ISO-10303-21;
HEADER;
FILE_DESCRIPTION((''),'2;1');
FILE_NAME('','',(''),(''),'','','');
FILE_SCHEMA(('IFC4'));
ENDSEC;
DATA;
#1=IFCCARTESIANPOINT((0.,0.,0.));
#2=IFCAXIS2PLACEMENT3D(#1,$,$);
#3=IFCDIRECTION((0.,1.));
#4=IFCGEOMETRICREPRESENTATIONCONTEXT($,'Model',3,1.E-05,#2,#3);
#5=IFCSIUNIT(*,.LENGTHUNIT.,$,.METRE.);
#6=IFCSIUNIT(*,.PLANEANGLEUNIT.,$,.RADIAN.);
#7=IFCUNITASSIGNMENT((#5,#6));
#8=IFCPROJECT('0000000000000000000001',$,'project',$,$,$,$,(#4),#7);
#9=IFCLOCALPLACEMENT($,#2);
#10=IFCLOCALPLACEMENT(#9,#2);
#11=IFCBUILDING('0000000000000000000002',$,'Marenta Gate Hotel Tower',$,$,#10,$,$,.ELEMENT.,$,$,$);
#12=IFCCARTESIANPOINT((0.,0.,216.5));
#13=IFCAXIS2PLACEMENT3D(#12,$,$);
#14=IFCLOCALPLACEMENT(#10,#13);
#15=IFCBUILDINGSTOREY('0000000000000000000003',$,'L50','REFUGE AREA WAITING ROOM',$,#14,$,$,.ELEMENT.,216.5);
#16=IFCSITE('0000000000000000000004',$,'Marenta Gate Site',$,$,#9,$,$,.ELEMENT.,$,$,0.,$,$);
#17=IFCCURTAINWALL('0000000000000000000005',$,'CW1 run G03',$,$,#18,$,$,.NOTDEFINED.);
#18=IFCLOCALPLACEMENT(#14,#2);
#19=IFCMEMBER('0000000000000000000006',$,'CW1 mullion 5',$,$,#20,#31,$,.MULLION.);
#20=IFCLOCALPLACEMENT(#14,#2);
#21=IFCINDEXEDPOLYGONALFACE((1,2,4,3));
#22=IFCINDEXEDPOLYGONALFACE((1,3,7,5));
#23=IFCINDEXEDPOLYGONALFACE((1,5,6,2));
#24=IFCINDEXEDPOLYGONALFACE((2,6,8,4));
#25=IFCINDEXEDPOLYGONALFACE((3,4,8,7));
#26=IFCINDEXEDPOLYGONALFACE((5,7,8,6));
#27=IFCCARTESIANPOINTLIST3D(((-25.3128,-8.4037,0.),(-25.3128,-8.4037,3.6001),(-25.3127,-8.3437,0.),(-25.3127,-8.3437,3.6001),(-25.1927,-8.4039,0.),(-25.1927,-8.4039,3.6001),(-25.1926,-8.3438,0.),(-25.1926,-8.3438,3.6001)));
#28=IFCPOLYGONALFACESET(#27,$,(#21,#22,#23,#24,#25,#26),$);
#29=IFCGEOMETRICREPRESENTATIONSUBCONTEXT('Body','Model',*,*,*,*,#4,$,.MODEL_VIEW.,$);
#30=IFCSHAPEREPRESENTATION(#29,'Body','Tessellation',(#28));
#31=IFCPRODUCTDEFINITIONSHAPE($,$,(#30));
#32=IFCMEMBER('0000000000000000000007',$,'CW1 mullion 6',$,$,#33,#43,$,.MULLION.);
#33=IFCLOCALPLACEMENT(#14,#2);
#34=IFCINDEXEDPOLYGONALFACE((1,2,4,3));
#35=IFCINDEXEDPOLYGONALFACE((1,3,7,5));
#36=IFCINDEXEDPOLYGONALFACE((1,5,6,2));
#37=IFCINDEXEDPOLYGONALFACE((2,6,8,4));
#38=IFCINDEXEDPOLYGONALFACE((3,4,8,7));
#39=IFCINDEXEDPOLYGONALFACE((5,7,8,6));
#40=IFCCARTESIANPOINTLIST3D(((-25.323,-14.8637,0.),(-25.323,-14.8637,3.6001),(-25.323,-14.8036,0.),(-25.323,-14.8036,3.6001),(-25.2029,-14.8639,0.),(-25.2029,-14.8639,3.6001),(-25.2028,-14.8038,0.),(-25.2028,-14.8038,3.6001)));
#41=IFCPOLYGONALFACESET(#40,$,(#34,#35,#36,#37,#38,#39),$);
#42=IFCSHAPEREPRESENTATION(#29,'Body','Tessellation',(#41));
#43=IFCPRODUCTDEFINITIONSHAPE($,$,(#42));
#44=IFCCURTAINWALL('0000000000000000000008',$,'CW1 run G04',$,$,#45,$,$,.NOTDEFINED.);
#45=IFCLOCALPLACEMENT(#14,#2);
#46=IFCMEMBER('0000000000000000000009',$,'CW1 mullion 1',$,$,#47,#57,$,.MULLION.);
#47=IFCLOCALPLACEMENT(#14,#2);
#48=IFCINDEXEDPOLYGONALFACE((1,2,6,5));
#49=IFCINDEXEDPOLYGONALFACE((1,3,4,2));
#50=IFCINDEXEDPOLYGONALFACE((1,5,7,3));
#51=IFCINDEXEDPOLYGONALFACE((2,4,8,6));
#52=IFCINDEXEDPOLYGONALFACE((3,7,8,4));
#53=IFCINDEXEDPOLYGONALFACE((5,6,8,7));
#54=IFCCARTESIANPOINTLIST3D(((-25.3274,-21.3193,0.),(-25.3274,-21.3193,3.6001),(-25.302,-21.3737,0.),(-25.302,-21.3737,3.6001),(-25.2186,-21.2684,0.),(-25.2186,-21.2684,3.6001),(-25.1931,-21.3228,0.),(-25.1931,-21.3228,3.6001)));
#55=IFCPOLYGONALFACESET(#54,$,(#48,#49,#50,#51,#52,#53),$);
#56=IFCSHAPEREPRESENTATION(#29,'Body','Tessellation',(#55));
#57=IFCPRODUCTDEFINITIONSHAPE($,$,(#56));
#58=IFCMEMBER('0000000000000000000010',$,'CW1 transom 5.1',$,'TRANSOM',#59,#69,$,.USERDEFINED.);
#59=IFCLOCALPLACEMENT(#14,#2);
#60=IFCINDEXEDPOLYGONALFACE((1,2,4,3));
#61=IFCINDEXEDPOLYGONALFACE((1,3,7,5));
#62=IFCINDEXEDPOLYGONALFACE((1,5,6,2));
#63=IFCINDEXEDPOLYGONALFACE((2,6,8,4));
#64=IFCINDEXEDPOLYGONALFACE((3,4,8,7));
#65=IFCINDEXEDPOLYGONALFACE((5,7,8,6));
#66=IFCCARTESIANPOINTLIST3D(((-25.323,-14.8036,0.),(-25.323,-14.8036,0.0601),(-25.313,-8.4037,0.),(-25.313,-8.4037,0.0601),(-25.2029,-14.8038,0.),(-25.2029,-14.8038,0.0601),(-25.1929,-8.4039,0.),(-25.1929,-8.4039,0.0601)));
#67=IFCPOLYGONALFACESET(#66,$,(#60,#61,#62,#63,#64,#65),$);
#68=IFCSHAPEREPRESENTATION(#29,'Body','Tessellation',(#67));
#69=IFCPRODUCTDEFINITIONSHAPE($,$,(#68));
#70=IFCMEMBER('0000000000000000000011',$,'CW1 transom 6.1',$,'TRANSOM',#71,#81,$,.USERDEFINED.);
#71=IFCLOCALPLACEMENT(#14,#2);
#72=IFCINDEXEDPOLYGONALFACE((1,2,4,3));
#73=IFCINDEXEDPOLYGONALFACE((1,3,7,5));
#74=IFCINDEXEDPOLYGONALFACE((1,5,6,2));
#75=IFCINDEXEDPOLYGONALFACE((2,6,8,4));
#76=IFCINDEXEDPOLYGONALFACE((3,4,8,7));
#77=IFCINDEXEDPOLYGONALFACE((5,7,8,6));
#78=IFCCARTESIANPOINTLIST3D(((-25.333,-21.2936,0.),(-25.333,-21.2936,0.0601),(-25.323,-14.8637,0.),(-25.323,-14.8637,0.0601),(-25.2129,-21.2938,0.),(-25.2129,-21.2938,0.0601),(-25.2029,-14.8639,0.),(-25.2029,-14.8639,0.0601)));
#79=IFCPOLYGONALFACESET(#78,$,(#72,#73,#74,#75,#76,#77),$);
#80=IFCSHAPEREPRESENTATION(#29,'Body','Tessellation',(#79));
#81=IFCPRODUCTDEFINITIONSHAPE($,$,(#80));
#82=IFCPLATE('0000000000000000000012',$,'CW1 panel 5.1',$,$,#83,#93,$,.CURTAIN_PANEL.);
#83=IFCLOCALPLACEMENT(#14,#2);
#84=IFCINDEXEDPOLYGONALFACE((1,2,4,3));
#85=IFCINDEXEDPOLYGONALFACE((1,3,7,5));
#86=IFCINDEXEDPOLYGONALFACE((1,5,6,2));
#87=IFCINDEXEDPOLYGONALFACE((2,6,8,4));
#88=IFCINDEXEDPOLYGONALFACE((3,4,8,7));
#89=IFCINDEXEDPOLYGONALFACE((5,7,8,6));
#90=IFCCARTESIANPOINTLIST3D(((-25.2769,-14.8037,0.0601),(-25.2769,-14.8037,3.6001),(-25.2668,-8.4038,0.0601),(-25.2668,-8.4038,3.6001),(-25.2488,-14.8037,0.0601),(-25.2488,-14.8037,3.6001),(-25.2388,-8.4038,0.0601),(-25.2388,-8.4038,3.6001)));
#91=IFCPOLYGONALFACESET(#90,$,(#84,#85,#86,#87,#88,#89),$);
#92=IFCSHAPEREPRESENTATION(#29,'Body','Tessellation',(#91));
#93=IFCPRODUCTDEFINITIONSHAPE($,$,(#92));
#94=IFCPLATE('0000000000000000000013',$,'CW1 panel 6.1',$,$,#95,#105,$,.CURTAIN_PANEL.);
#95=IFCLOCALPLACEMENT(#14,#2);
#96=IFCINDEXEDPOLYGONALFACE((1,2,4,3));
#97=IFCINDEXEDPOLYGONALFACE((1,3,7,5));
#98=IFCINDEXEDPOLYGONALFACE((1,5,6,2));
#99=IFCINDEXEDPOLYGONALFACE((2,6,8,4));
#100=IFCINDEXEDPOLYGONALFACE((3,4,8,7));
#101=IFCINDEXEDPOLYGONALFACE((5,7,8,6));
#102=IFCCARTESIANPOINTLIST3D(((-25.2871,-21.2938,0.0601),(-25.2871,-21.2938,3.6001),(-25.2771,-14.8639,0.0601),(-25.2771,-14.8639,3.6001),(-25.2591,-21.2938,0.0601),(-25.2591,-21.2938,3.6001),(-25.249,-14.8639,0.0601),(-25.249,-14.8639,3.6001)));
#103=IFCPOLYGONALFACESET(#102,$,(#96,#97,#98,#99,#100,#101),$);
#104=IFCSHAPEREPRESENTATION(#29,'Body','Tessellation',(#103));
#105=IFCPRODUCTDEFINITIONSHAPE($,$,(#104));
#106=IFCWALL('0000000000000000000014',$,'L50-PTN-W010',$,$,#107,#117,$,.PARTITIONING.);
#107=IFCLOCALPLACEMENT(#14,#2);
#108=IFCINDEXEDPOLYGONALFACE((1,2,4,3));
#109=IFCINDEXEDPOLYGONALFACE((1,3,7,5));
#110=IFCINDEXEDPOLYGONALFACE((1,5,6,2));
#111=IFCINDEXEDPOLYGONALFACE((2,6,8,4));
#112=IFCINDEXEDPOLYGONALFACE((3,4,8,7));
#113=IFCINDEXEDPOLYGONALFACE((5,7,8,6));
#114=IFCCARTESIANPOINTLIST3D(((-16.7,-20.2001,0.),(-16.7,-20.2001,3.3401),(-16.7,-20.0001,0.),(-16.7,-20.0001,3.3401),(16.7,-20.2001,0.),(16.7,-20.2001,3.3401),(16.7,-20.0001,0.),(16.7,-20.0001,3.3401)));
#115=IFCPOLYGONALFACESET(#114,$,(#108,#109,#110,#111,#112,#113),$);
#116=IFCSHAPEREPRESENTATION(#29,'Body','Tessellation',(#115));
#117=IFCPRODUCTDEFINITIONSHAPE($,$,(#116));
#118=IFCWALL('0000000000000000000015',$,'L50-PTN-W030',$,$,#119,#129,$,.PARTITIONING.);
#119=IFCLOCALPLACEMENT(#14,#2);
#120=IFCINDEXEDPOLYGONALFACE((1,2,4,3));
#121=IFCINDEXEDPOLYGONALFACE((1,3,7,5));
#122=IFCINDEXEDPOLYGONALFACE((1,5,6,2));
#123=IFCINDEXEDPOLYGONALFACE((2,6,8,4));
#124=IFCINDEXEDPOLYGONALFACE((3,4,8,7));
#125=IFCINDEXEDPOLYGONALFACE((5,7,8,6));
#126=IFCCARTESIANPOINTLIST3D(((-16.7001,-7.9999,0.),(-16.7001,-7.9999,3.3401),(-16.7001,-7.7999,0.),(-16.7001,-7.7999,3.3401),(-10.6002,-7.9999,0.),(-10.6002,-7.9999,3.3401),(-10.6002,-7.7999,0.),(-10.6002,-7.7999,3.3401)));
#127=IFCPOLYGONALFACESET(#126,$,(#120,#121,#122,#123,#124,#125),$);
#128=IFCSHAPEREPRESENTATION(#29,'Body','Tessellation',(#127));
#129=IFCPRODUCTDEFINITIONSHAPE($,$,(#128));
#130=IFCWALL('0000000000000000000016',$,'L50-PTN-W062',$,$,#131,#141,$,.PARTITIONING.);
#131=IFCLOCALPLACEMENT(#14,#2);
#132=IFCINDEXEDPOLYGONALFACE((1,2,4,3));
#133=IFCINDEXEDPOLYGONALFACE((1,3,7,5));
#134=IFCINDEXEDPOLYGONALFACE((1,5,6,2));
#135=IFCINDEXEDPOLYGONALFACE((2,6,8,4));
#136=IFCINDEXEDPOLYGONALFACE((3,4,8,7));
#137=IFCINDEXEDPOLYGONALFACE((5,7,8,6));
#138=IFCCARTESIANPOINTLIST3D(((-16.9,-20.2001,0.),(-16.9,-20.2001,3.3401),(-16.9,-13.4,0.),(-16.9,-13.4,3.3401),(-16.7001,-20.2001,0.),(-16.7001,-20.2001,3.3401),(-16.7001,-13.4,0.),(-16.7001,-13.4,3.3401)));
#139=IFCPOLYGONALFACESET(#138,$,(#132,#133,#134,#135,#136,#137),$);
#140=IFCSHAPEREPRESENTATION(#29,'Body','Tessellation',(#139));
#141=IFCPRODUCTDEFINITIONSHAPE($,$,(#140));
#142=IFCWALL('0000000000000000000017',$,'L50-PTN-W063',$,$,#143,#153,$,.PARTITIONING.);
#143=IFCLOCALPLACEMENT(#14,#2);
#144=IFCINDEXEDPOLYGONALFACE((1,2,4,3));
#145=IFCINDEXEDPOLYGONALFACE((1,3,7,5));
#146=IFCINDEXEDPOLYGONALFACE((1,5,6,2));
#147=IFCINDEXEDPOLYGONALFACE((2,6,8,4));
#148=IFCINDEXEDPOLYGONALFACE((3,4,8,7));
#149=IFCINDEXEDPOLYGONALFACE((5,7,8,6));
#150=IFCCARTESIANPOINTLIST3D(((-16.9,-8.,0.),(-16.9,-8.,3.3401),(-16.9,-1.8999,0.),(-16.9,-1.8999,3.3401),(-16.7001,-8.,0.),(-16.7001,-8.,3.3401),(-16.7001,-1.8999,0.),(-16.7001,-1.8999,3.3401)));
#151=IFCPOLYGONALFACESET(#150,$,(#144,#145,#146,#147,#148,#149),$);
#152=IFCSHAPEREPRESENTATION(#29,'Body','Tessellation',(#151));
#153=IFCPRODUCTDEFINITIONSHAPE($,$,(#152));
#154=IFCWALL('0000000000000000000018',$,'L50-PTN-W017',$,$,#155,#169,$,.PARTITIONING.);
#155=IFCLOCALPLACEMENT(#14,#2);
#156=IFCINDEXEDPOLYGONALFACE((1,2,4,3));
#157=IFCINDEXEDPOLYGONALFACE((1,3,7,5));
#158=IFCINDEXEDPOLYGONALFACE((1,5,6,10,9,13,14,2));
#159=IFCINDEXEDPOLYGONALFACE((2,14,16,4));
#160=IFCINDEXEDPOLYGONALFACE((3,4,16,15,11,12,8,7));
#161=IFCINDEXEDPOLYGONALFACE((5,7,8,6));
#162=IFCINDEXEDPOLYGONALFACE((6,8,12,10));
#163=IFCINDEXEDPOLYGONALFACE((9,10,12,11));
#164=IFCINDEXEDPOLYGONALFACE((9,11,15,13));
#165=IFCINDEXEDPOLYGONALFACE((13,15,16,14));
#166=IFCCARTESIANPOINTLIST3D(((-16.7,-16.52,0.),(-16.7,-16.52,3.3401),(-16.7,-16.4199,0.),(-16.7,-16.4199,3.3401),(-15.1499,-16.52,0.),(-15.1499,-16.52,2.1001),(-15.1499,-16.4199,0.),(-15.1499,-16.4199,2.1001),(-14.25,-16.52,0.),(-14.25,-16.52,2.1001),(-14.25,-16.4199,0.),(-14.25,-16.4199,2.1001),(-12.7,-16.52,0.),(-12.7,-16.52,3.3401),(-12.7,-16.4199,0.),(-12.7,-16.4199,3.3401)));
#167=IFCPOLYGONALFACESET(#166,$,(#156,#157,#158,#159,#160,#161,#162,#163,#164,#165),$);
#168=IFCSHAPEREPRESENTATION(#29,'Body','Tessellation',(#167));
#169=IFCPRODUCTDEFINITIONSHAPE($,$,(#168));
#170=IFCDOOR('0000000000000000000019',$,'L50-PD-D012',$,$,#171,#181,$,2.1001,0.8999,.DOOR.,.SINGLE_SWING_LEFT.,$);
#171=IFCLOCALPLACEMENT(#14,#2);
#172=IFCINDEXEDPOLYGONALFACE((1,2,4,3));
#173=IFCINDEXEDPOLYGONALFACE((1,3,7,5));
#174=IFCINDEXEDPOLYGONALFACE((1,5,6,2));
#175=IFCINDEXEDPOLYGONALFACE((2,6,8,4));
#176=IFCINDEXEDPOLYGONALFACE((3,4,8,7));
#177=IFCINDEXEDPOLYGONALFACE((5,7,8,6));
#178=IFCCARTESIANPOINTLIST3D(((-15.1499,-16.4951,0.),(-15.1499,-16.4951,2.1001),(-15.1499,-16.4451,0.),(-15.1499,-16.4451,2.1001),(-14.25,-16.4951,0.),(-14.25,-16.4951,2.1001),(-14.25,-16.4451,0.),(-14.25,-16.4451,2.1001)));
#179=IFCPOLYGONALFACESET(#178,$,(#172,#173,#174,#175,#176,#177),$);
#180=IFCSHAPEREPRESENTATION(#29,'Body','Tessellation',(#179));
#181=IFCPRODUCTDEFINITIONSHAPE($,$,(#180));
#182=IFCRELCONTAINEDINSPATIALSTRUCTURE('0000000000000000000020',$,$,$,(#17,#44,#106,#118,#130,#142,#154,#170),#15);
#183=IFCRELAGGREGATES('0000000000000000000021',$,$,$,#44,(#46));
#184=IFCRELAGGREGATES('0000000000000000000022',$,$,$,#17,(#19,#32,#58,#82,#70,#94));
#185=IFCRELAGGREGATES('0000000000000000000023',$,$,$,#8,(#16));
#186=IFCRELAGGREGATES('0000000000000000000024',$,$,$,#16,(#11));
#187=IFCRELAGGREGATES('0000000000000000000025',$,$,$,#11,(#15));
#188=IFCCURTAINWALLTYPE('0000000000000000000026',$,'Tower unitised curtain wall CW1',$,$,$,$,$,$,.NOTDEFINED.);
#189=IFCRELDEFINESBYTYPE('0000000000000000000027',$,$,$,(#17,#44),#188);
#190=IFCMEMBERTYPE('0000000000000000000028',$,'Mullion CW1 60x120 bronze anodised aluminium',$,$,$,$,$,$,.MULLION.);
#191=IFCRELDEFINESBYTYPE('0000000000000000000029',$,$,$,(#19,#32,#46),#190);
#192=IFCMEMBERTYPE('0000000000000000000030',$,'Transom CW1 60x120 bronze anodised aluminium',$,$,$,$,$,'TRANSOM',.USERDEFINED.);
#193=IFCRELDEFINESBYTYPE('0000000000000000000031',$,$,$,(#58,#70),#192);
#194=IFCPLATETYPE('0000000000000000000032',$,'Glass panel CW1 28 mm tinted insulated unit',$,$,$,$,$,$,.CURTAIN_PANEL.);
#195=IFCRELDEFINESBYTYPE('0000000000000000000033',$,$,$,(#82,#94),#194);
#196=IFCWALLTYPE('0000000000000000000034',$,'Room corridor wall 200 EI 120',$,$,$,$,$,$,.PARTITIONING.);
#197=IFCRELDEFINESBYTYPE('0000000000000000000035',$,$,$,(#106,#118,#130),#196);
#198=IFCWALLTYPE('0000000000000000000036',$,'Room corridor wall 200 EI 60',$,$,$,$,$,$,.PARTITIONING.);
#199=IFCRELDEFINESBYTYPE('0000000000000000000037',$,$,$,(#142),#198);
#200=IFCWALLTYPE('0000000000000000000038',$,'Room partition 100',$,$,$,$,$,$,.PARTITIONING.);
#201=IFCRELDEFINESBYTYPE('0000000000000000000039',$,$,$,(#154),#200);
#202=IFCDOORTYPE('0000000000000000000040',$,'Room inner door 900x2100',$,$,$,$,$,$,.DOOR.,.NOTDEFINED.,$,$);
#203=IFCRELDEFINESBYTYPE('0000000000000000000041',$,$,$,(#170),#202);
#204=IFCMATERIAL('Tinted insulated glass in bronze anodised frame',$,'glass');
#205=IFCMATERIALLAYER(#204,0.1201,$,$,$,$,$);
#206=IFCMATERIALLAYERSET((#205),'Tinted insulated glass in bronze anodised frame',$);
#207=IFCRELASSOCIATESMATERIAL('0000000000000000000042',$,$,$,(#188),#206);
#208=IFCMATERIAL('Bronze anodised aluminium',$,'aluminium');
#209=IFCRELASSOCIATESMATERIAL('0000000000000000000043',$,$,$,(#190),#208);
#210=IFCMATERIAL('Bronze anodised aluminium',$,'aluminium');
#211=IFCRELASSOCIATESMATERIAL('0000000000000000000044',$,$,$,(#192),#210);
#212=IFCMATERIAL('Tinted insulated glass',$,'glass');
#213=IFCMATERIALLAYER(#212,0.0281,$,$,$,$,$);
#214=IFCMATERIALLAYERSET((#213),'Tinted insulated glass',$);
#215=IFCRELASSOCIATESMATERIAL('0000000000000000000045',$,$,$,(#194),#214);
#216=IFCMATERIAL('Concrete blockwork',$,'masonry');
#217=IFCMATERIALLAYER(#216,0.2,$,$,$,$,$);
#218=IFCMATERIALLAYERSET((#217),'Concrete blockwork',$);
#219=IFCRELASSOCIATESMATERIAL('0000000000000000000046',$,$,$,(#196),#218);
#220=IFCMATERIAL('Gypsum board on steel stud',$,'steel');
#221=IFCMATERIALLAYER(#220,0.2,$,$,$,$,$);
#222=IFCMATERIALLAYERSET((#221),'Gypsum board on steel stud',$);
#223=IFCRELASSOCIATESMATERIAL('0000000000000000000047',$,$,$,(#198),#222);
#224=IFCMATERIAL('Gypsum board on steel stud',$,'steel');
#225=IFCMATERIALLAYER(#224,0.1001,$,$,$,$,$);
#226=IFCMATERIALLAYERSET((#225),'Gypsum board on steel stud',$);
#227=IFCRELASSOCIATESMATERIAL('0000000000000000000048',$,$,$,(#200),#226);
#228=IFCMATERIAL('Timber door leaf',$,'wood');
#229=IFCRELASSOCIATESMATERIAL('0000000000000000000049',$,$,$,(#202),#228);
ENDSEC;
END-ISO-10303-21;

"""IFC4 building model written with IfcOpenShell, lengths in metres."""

from ifc_helpers import new_model, si_unit, direction, frame, frame_2d, origin, origin_2d, place, context, subcontext, project, spatial, rectangle, extrude, material, layer, layer_set, material_profile, profile_set, type_object, element, fill, aggregate, save


model = new_model("IFC4")

# Units and contexts
model_context = context("Model", 3, precision=1e-05, world=origin(), true_north=direction((0.0, 1.0)))
body_context = subcontext(model_context, "Body", "Model", "MODEL_VIEW")
ifc_project = project(units=[si_unit("LENGTHUNIT", "METRE"), si_unit("PLANEANGLEUNIT", "RADIAN")], contexts=[model_context])

# Site, building, storey
site_placement = place(None, origin())
site = spatial("IfcSite", under=ifc_project, at=site_placement, Name="Marenta Gate Site", CompositionType="ELEMENT", RefElevation=0.0)
building_placement = place(site_placement, origin())
building = spatial("IfcBuilding", under=site, at=building_placement, Name="Marenta Gate Hotel Tower", CompositionType="ELEMENT")
storey_placement = place(building_placement, frame((0.0, 0.0, 216.5)))
storey = spatial("IfcBuildingStorey", under=building, at=storey_placement, Name="L50", Description="REFUGE AREA WAITING ROOM", CompositionType="ELEMENT", Elevation=216.5)

# Curtain wall, members
ifc_material_1 = material(Name="Tinted insulated glass in bronze anodised frame", Category="glass")
ifc_layer_1 = layer(ifc_material_1, 0.1201)
ifc_layer_set_1 = layer_set([ifc_layer_1], Name="Tinted insulated glass in bronze anodised frame")
curtain_wall_type = type_object("IfcCurtainWallType", Name="Tower unitised curtain wall CW1", PredefinedType="NOTDEFINED", material=ifc_layer_set_1)
curtain_wall_1_placement = place(storey_placement, origin())
curtain_wall_1 = element("IfcCurtainWall", 1, at=curtain_wall_1_placement, inside=storey, type_object=curtain_wall_type, Name="CW1 run G03", PredefinedType="NOTDEFINED")
ifc_material_2 = material(Name="Bronze anodised aluminium", Category="aluminium")
ifc_material_profile_1 = material_profile(ifc_material_2, rectangle(XDim=0.1201, YDim=0.0601, at=origin_2d()), Name="Mullion CW1 60x120 bronze anodised aluminium")
ifc_profile_set_1 = profile_set([ifc_material_profile_1], Name="Bronze anodised aluminium")
member_type_1 = type_object("IfcMemberType", Name="Mullion CW1 60x120 bronze anodised aluminium", PredefinedType="MULLION", material=ifc_profile_set_1)
member_1_placement = place(storey_placement, frame((-25.2527, -8.3738, 0.0), z_axis=(0.0, 0.0, 1.0), x_axis=(0.999999, -0.001566, 0.0)))
member_1 = element("IfcMember", 2, at=member_1_placement, type_object=member_type_1, Name="CW1 mullion 5", PredefinedType="MULLION", context=body_context, shape_type="SweptSolid", body=[
    extrude(rectangle(XDim=0.1201, YDim=0.0601, at=origin_2d()), origin(), (0.0, 0.0, 1.0), 3.6001),
])
member_2_placement = place(storey_placement, frame((-25.2629, -14.8337, 0.0), z_axis=(0.0, 0.0, 1.0), x_axis=(0.999999, -0.001566, 0.0)))
member_2 = element("IfcMember", 3, at=member_2_placement, type_object=member_type_1, Name="CW1 mullion 6", PredefinedType="MULLION", context=body_context, shape_type="SweptSolid", body=[
    extrude(rectangle(XDim=0.1201, YDim=0.0601, at=origin_2d()), origin(), (0.0, 0.0, 1.0), 3.6001),
])

# Curtain wall, member
curtain_wall_2_placement = place(storey_placement, origin())
curtain_wall_2 = element("IfcCurtainWall", 4, at=curtain_wall_2_placement, inside=storey, type_object=curtain_wall_type, Name="CW1 run G04", PredefinedType="NOTDEFINED")
member_3_placement = place(storey_placement, frame((-25.2603, -21.321, 0.0), z_axis=(0.0, 0.0, 1.0), x_axis=(0.905972, 0.423337, 0.0)))
member_3 = element("IfcMember", 5, at=member_3_placement, type_object=member_type_1, Name="CW1 mullion 1", PredefinedType="MULLION", context=body_context, shape_type="SweptSolid", body=[
    extrude(rectangle(XDim=0.1201, YDim=0.0601, at=origin_2d()), origin(), (0.0, 0.0, 1.0), 3.6001),
])
aggregate(curtain_wall_2, [member_3])

# Members
ifc_material_3 = material(Name="Bronze anodised aluminium", Category="aluminium")
ifc_material_profile_2 = material_profile(ifc_material_3, rectangle(XDim=0.1201, YDim=0.0601, at=origin_2d()), Name="Transom CW1 60x120 bronze anodised aluminium")
ifc_profile_set_2 = profile_set([ifc_material_profile_2], Name="Bronze anodised aluminium")
member_type_2 = type_object("IfcMemberType", Name="Transom CW1 60x120 bronze anodised aluminium", ElementType="TRANSOM", PredefinedType="USERDEFINED", material=ifc_profile_set_2)
member_4_placement = place(storey_placement, frame((-25.2529, -8.4038, 0.03), z_axis=(-0.001564, -0.999999, 0.0), x_axis=(0.999999, -0.001564, 0.0)))
member_4 = element("IfcMember", 6, at=member_4_placement, type_object=member_type_2, Name="CW1 transom 5.1", ObjectType="TRANSOM", PredefinedType="USERDEFINED", context=body_context, shape_type="SweptSolid", body=[
    extrude(rectangle(XDim=0.1201, YDim=0.0601, at=origin_2d()), origin(), (0.0, 0.0, 1.0), 6.3999),
])
member_5_placement = place(storey_placement, frame((-25.2629, -14.8638, 0.03), z_axis=(-0.001557, -0.999999, 0.0), x_axis=(0.999999, -0.001557, 0.0)))
member_5 = element("IfcMember", 7, at=member_5_placement, type_object=member_type_2, Name="CW1 transom 6.1", ObjectType="TRANSOM", PredefinedType="USERDEFINED", context=body_context, shape_type="SweptSolid", body=[
    extrude(rectangle(XDim=0.1201, YDim=0.0601, at=origin_2d()), origin(), (0.0, 0.0, 1.0), 6.4299),
])

# Plates
ifc_material_4 = material(Name="Tinted insulated glass", Category="glass")
ifc_layer_2 = layer(ifc_material_4, 0.0281)
ifc_layer_set_2 = layer_set([ifc_layer_2], Name="Tinted insulated glass")
plate_type = type_object("IfcPlateType", Name="Glass panel CW1 28 mm tinted insulated unit", PredefinedType="CURTAIN_PANEL", material=ifc_layer_set_2)
plate_1_placement = place(storey_placement, frame((-25.2578, -11.6038, 0.0601), z_axis=(0.0, 0.0, 1.0), x_axis=(-0.001566, -0.999999, 0.0)))
plate_1 = element("IfcPlate", 8, at=plate_1_placement, type_object=plate_type, Name="CW1 panel 5.1", PredefinedType="CURTAIN_PANEL", context=body_context, shape_type="SweptSolid", body=[
    extrude(rectangle(XDim=6.3999, YDim=0.0281, at=origin_2d()), origin(), (0.0, 0.0, 1.0), 3.54),
])
plate_2_placement = place(storey_placement, frame((-25.2681, -18.0789, 0.0601), z_axis=(0.0, 0.0, 1.0), x_axis=(-0.001566, -0.999999, 0.0)))
plate_2 = element("IfcPlate", 9, at=plate_2_placement, type_object=plate_type, Name="CW1 panel 6.1", PredefinedType="CURTAIN_PANEL", context=body_context, shape_type="SweptSolid", body=[
    extrude(rectangle(XDim=6.4299, YDim=0.0281, at=origin_2d()), origin(), (0.0, 0.0, 1.0), 3.54),
])
aggregate(curtain_wall_1, [member_1, member_2, member_4, plate_1, member_5, plate_2])

# Wall
ifc_material_5 = material(Name="Concrete blockwork", Category="masonry")
ifc_layer_3 = layer(ifc_material_5, 0.2)
ifc_layer_set_3 = layer_set([ifc_layer_3], Name="Concrete blockwork")
wall_type_1 = type_object("IfcWallType", Name="Room corridor wall 200 EI 120", PredefinedType="PARTITIONING", material=ifc_layer_set_3)
wall_1_placement = place(storey_placement, frame((-16.7, -20.1001, 0.0), z_axis=(0.0, 0.0, 1.0), x_axis=(1.0, 0.0, 0.0)))
element("IfcWall", 10, at=wall_1_placement, inside=storey, type_object=wall_type_1, Name="L50-PTN-W010", PredefinedType="PARTITIONING", context=body_context, shape_type="SweptSolid", body=[
    extrude(rectangle(XDim=33.3999, YDim=0.2, at=frame_2d((16.7, 0.0))), origin(), (0.0, 0.0, 1.0), 3.3401),
])

# Walls
wall_2_placement = place(storey_placement, frame((-16.7, -7.8999, 0.0), z_axis=(0.0, 0.0, 1.0), x_axis=(1.0, 0.0, 0.0)))
element("IfcWall", 11, at=wall_2_placement, inside=storey, type_object=wall_type_1, Name="L50-PTN-W030", PredefinedType="PARTITIONING", context=body_context, shape_type="SweptSolid", body=[
    extrude(rectangle(XDim=6.0999, YDim=0.2, at=frame_2d((3.0498, 0.0))), origin(), (0.0, 0.0, 1.0), 3.3401),
])
wall_3_placement = place(storey_placement, frame((-16.8, -20.2, 0.0), z_axis=(0.0, 0.0, 1.0), x_axis=(0.0, 1.0, 0.0)))
element("IfcWall", 12, at=wall_3_placement, inside=storey, type_object=wall_type_1, Name="L50-PTN-W062", PredefinedType="PARTITIONING", context=body_context, shape_type="SweptSolid", body=[
    extrude(rectangle(XDim=6.8, YDim=0.2, at=frame_2d((3.3999, 0.0))), origin(), (0.0, 0.0, 1.0), 3.3401),
])
ifc_material_6 = material(Name="Gypsum board on steel stud", Category="steel")
ifc_layer_4 = layer(ifc_material_6, 0.2)
ifc_layer_set_4 = layer_set([ifc_layer_4], Name="Gypsum board on steel stud")
wall_type_2 = type_object("IfcWallType", Name="Room corridor wall 200 EI 60", PredefinedType="PARTITIONING", material=ifc_layer_set_4)
wall_4_placement = place(storey_placement, frame((-16.8, -8.0, 0.0), z_axis=(0.0, 0.0, 1.0), x_axis=(0.0, 1.0, 0.0)))
element("IfcWall", 13, at=wall_4_placement, inside=storey, type_object=wall_type_2, Name="L50-PTN-W063", PredefinedType="PARTITIONING", context=body_context, shape_type="SweptSolid", body=[
    extrude(rectangle(XDim=6.1001, YDim=0.2, at=frame_2d((3.05, 0.0))), origin(), (0.0, 0.0, 1.0), 3.3401),
])

# Wall, opening, door
ifc_material_7 = material(Name="Gypsum board on steel stud", Category="steel")
ifc_layer_5 = layer(ifc_material_7, 0.1001)
ifc_layer_set_5 = layer_set([ifc_layer_5], Name="Gypsum board on steel stud")
wall_type_3 = type_object("IfcWallType", Name="Room partition 100", PredefinedType="PARTITIONING", material=ifc_layer_set_5)
wall_5_placement = place(storey_placement, frame((-16.7, -16.47, 0.0), z_axis=(0.0, 0.0, 1.0), x_axis=(1.0, 0.0, 0.0)))
wall_5 = element("IfcWall", 14, at=wall_5_placement, inside=storey, type_object=wall_type_3, Name="L50-PTN-W017", PredefinedType="PARTITIONING", context=body_context, shape_type="SweptSolid", body=[
    extrude(rectangle(XDim=4.0, YDim=0.1001, at=frame_2d((2.0, 0.0))), origin(), (0.0, 0.0, 1.0), 3.3401),
])
opening_1_placement = place(wall_5_placement, frame((1.55, 0.0, 0.0)))
opening_1 = element("IfcOpeningElement", 15, at=opening_1_placement, cuts=wall_5, PredefinedType="OPENING", context=body_context, shape_type="SweptSolid", body=[
    extrude(rectangle(XDim=0.8999, YDim=2.1001, at=frame_2d((0.45, 1.05))), frame((0.0, 0.05, 0.0), z_axis=(0.0, -1.0, 0.0), x_axis=(1.0, 0.0, 0.0)), (0.0, 0.0, 1.0), 0.1001),
])
ifc_material_8 = material(Name="Timber door leaf", Category="wood")
door_type_1 = type_object("IfcDoorType", Name="Room inner door 900x2100", OperationType="NOTDEFINED", PredefinedType="DOOR", material=ifc_material_8)
door_1_placement = place(opening_1_placement, origin())
door_1 = element("IfcDoor", 16, at=door_1_placement, inside=storey, type_object=door_type_1, Name="L50-PD-D012", OperationType="SINGLE_SWING_LEFT", OverallHeight=2.1001, OverallWidth=0.8999, PredefinedType="DOOR", context=body_context, shape_type="SweptSolid", body=[
    extrude(rectangle(XDim=0.8999, YDim=2.1001, at=frame_2d((0.45, 1.05))), frame((0.0, 0.0249, 0.0), z_axis=(0.0, -1.0, 0.0), x_axis=(1.0, 0.0, 0.0)), (0.0, 0.0, 1.0), 0.05),
])
fill(opening_1, door_1)

save(model, "model.ifc")
